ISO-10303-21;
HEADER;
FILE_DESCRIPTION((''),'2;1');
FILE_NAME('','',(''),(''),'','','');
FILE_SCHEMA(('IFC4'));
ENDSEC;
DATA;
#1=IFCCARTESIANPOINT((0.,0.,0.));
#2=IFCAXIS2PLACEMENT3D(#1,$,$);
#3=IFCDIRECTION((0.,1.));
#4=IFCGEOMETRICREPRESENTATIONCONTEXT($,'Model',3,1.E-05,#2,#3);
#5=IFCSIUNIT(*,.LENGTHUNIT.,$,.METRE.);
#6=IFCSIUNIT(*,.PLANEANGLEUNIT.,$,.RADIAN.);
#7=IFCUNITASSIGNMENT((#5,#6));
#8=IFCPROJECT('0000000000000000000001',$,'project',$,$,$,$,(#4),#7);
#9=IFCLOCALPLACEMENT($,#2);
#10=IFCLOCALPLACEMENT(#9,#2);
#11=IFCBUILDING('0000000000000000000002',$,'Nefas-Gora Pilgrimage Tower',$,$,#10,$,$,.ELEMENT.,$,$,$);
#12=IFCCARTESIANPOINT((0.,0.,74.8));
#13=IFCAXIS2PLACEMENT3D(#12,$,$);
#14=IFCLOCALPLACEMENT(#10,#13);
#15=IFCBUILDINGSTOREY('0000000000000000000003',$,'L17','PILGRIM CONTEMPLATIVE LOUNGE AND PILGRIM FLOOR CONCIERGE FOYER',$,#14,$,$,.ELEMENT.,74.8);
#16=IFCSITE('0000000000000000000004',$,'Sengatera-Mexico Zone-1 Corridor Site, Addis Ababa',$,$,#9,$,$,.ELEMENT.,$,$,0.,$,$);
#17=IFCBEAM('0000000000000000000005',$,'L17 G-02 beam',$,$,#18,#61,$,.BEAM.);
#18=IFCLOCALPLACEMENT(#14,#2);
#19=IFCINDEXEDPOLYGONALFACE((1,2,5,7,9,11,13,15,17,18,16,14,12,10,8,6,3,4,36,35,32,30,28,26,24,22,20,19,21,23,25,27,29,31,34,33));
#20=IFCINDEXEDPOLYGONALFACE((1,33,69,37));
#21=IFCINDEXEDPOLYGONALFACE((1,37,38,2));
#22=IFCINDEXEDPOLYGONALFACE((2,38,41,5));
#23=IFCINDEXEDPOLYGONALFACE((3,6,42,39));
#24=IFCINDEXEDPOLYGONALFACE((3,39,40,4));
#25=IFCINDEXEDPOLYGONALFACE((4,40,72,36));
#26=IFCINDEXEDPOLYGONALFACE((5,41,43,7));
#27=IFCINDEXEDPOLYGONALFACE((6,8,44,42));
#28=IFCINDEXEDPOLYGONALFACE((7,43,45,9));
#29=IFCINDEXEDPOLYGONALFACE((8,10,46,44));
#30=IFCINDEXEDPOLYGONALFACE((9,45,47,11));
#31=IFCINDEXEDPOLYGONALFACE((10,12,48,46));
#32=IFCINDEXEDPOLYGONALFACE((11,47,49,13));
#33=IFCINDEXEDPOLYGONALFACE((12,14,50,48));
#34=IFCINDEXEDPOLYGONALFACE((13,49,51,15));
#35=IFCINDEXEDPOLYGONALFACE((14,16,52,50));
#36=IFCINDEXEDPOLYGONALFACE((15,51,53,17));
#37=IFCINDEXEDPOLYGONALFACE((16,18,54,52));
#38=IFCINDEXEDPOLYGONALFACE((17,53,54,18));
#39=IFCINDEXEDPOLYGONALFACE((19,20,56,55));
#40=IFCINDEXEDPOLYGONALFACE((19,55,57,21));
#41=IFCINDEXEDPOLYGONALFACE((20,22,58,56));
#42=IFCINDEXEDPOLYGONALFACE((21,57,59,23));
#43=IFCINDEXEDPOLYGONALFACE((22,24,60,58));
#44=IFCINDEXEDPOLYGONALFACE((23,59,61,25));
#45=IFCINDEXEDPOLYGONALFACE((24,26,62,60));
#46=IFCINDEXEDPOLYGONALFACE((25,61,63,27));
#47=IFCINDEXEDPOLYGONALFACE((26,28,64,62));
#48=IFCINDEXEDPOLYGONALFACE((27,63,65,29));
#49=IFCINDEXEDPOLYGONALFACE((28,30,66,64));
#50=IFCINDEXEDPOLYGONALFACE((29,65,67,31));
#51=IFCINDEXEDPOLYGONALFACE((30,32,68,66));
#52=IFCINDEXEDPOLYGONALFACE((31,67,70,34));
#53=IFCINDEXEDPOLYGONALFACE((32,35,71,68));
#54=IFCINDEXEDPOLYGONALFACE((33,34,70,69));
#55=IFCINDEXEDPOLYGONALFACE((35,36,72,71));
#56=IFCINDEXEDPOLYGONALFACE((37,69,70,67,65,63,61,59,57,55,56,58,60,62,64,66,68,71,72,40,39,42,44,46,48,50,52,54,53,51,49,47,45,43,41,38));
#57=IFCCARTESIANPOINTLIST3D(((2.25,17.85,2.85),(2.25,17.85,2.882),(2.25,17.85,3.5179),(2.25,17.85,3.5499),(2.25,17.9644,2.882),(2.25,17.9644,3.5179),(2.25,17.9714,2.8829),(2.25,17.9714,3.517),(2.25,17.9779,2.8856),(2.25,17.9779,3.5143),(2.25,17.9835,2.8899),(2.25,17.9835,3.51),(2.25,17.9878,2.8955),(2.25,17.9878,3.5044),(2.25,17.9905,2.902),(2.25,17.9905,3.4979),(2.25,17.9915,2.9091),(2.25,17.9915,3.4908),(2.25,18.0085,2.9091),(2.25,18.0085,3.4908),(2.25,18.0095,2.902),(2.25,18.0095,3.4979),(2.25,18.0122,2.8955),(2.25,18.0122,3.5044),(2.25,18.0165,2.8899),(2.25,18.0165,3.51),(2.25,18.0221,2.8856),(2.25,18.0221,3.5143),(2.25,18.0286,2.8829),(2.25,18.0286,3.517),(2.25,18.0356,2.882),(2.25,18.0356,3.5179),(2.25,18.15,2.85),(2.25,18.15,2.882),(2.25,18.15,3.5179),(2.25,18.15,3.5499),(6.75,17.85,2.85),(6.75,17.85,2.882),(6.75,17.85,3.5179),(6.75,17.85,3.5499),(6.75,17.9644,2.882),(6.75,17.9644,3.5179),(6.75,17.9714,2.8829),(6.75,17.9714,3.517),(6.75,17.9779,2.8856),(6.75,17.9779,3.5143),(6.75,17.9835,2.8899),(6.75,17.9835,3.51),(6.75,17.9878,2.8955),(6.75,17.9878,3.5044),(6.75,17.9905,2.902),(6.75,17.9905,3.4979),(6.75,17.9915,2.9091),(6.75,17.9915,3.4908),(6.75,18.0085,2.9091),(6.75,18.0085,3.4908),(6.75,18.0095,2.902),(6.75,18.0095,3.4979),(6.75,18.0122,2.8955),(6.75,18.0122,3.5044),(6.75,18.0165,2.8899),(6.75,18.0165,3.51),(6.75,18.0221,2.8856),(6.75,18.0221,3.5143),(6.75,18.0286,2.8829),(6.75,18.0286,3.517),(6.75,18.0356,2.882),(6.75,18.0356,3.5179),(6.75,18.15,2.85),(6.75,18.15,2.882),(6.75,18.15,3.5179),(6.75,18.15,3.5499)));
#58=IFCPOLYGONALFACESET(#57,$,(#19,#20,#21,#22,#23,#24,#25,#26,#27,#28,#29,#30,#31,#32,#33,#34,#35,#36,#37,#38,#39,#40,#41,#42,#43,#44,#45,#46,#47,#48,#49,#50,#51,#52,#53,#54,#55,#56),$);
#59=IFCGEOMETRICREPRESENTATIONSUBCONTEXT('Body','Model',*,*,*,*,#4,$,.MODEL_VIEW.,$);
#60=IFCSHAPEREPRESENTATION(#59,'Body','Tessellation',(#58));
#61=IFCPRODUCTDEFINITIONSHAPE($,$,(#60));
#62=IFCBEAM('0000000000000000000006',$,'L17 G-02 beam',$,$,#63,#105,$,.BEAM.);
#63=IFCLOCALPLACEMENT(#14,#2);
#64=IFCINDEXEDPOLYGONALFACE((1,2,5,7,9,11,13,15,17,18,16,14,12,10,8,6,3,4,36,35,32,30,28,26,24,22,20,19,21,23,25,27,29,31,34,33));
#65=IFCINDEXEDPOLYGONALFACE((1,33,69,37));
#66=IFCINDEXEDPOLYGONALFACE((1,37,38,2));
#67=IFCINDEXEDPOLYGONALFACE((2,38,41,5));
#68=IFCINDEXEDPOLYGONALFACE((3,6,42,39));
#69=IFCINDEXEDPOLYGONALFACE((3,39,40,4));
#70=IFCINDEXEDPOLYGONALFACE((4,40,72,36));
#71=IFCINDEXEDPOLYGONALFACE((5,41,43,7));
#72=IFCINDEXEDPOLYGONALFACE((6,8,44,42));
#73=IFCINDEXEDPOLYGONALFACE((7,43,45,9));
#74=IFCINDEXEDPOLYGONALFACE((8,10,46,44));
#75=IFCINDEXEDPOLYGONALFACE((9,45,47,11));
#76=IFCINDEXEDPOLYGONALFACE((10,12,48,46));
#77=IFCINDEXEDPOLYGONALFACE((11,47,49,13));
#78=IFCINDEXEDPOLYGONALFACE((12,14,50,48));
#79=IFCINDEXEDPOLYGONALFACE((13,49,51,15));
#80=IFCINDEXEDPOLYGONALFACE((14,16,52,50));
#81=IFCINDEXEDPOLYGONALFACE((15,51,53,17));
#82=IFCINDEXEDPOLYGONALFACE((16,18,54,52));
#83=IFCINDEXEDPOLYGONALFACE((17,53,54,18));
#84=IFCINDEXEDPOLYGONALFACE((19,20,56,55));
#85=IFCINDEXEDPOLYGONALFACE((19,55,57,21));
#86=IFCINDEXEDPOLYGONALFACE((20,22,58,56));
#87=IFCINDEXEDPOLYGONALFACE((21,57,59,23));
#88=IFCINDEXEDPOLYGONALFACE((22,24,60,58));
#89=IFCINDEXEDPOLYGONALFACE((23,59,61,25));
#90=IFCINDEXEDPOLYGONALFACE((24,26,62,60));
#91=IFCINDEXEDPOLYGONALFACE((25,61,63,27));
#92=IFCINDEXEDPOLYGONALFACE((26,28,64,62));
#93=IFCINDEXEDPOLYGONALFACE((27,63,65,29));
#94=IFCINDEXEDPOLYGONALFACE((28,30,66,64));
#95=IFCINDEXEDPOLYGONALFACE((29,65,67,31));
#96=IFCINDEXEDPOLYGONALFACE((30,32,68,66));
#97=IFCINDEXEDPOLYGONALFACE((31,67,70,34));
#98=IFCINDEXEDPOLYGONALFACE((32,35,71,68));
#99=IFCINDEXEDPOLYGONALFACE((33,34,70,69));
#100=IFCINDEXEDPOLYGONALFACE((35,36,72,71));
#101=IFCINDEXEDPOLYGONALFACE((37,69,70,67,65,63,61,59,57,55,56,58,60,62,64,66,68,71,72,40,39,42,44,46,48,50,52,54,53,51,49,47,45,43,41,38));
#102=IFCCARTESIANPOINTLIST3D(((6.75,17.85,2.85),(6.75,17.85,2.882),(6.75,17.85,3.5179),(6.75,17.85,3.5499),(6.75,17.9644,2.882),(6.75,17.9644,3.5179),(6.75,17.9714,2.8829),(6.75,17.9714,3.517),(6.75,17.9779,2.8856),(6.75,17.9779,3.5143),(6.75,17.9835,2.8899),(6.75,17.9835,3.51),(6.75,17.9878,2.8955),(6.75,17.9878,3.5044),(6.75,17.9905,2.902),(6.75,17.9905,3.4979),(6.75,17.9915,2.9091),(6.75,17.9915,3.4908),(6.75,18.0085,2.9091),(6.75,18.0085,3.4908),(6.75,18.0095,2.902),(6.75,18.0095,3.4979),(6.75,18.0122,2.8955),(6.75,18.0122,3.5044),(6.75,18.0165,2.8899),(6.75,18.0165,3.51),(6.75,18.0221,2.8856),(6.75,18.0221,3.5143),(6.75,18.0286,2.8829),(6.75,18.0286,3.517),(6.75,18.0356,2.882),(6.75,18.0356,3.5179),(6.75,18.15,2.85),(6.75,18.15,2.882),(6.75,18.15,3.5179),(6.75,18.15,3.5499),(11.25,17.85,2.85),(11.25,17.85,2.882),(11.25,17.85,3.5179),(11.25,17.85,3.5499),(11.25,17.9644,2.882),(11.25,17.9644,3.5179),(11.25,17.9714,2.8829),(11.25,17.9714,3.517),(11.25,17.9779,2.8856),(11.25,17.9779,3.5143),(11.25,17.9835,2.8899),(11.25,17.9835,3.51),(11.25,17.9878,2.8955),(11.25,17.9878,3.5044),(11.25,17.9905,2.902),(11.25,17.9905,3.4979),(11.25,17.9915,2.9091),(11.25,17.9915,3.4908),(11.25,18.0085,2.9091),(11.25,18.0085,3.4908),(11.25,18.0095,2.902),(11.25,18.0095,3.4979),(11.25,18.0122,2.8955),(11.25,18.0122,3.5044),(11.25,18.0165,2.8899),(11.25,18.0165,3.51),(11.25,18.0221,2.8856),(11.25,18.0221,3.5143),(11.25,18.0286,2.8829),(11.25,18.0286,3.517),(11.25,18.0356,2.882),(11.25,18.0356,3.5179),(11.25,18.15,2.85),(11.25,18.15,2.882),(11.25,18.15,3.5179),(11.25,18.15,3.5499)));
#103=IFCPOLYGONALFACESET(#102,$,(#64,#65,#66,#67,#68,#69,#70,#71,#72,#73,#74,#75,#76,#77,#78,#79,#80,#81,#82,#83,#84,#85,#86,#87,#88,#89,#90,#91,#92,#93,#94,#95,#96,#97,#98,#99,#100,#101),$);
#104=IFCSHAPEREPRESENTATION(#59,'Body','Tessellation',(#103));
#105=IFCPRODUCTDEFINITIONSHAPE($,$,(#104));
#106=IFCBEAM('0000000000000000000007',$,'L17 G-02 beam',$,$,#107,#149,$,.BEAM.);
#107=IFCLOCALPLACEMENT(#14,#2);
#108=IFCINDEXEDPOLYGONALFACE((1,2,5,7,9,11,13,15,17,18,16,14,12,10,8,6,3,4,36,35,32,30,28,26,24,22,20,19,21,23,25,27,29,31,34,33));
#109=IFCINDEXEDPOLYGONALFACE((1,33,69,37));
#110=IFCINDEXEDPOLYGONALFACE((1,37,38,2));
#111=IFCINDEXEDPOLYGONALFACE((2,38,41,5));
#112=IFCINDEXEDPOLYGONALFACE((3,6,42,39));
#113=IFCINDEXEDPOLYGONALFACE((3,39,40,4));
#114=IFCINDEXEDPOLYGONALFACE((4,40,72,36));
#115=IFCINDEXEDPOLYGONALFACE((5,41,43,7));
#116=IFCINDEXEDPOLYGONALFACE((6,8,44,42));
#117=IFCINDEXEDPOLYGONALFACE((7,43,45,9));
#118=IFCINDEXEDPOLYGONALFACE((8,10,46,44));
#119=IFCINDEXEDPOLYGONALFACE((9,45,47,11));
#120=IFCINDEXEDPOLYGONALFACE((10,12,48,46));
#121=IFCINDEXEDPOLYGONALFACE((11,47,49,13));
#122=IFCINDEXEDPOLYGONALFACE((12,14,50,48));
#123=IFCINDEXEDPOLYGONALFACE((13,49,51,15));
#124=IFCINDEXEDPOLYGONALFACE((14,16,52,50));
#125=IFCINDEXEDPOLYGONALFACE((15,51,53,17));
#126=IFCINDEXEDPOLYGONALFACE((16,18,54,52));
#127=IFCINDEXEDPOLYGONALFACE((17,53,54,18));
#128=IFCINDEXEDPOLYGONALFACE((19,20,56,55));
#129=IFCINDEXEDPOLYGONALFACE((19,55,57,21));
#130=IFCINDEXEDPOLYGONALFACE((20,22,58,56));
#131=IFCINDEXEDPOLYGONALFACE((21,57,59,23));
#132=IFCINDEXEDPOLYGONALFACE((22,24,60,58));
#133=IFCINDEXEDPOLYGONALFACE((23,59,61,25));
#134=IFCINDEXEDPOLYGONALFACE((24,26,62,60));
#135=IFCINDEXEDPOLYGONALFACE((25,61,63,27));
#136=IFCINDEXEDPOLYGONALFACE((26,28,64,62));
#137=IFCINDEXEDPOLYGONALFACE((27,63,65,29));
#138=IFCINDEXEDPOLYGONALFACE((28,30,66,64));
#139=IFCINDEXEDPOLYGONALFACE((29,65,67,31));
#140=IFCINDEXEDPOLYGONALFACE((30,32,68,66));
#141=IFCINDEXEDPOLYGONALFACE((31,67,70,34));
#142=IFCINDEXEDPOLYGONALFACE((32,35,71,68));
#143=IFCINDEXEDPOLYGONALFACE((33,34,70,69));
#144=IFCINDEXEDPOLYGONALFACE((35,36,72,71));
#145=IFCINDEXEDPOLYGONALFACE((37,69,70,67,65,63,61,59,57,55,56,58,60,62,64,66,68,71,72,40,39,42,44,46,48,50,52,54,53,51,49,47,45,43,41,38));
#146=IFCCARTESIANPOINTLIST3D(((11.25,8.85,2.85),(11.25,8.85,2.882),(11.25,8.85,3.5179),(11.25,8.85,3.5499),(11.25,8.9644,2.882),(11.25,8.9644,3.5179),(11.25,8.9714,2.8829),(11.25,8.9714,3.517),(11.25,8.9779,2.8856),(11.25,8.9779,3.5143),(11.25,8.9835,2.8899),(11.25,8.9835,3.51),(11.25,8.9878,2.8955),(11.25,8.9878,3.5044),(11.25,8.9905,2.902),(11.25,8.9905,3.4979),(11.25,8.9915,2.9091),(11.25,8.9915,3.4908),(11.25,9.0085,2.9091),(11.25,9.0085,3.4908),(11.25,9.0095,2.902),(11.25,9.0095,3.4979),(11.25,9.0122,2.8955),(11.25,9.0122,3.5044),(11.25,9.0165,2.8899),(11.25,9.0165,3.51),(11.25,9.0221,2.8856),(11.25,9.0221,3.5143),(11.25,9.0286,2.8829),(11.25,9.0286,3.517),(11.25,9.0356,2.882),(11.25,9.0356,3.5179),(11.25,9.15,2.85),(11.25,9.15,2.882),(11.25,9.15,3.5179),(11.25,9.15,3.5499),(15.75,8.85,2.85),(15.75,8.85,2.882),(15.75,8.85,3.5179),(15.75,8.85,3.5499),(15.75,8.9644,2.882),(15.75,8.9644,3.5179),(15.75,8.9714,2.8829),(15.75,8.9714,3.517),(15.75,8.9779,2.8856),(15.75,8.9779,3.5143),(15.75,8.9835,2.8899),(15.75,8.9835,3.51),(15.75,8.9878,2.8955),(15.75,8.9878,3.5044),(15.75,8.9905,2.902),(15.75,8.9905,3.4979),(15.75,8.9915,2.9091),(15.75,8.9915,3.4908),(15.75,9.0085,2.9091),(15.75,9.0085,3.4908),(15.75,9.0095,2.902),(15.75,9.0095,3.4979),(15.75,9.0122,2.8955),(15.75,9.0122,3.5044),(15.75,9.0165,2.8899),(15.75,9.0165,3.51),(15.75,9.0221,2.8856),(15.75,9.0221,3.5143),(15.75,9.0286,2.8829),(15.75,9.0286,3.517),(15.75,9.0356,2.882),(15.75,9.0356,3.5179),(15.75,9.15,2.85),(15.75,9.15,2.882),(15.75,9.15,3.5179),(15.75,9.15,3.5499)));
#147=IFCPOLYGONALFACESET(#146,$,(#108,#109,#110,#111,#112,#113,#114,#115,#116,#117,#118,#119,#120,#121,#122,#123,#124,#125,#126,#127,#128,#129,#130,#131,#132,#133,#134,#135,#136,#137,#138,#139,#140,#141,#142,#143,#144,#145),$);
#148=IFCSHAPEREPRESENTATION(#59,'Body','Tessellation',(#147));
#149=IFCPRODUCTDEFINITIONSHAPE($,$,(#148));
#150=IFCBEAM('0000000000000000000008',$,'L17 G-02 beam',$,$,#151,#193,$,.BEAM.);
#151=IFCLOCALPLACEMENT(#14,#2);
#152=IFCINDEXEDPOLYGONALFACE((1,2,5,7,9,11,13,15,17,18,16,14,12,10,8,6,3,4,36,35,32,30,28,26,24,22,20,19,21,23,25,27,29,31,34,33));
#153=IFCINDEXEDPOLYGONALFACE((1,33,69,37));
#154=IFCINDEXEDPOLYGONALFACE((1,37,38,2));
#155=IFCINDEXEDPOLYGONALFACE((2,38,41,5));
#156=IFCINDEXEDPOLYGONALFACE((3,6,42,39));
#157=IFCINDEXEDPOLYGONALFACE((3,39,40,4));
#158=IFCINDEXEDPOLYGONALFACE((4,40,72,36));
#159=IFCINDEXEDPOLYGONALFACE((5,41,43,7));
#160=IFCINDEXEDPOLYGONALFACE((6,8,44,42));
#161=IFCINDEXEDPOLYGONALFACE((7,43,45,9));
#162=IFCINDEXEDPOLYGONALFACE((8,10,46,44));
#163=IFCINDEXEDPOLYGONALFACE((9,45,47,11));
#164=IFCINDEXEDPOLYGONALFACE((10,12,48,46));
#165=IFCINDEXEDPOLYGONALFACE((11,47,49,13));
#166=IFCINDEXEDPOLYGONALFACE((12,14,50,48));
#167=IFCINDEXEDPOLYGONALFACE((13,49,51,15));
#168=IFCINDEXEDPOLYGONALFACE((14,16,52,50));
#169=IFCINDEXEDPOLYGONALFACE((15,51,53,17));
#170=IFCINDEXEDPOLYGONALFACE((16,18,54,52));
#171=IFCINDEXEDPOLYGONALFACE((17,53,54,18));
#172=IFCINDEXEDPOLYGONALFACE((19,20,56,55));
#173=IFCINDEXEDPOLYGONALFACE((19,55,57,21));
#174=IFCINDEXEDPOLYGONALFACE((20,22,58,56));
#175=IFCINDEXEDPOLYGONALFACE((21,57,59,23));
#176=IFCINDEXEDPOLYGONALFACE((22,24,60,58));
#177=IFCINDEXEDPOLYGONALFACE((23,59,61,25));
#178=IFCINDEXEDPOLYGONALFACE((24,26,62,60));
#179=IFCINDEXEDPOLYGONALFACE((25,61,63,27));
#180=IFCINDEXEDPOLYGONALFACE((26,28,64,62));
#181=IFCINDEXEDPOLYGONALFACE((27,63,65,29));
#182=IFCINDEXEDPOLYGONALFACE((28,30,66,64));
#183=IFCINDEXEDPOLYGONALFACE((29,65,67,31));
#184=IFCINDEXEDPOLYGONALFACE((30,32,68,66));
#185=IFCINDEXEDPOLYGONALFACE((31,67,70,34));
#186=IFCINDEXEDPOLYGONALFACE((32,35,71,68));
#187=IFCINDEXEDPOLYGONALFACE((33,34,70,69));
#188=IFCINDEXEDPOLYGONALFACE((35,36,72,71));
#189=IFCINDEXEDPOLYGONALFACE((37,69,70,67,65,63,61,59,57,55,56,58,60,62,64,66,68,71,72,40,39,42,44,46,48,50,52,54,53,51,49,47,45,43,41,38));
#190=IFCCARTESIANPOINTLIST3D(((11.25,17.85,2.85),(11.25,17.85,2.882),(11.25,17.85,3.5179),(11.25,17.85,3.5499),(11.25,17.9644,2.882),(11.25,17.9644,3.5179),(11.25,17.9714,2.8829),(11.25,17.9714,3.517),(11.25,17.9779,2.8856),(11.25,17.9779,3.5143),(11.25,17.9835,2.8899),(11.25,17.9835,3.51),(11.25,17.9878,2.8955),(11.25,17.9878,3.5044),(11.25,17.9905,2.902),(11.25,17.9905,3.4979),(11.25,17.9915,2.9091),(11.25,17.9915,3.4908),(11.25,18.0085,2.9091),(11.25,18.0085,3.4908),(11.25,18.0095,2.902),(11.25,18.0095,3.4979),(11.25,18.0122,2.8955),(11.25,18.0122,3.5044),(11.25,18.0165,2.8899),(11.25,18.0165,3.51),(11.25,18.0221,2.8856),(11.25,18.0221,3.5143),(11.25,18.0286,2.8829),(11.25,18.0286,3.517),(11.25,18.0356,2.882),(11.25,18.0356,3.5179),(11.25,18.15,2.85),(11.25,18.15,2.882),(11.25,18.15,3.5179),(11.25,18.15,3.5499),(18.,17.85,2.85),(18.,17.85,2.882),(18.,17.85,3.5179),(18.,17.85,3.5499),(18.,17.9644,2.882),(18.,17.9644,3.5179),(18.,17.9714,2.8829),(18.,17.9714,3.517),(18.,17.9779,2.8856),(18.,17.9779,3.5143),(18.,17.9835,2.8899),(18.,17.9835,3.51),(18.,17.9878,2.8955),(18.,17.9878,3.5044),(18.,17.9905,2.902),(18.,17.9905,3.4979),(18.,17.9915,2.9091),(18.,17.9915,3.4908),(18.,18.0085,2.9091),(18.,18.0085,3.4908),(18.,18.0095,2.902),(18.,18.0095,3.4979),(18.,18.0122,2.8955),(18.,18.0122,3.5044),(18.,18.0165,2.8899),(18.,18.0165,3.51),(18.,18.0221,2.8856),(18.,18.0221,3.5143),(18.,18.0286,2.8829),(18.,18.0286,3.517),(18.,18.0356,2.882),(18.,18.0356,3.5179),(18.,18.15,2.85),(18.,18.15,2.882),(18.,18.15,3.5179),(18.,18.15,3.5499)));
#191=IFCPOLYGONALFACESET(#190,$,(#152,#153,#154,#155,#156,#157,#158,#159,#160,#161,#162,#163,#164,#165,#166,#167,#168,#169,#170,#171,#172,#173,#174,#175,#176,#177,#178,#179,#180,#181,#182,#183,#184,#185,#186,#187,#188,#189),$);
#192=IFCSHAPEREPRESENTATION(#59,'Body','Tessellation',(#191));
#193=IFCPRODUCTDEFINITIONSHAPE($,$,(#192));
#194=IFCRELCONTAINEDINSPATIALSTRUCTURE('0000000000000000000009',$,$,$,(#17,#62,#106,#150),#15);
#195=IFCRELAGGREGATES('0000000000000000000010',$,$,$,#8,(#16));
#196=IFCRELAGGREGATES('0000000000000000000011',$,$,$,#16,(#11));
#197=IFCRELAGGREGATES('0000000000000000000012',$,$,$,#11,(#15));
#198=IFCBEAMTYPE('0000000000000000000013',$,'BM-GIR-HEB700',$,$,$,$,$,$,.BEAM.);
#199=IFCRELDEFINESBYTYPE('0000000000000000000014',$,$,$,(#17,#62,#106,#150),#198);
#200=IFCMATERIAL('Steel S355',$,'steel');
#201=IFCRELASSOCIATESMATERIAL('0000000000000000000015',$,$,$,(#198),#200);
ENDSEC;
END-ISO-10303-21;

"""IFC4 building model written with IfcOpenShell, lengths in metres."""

from ifc_helpers import new_model, si_unit, direction, frame, origin, origin_2d, place, context, subcontext, project, spatial, i_section, extrude, source, transform, mapped, material, material_profile, profile_set, type_object, element, save


model = new_model("IFC4")

# Units and contexts
model_context = context("Model", 3, precision=1e-05, world=origin(), true_north=direction((0.0, 1.0)))
body_context = subcontext(model_context, "Body", "Model", "MODEL_VIEW")
ifc_project = project(units=[si_unit("LENGTHUNIT", "METRE"), si_unit("PLANEANGLEUNIT", "RADIAN")], contexts=[model_context])

# Site, building, storey
site_placement = place(None, origin())
site = spatial("IfcSite", under=ifc_project, at=site_placement, Name="Sengatera-Mexico Zone-1 Corridor Site, Addis Ababa", CompositionType="ELEMENT", RefElevation=0.0)
building_placement = place(site_placement, origin())
building = spatial("IfcBuilding", under=site, at=building_placement, Name="Nefas-Gora Pilgrimage Tower", CompositionType="ELEMENT")
storey_placement = place(building_placement, frame((0.0, 0.0, 74.8)))
storey = spatial("IfcBuildingStorey", under=building, at=storey_placement, Name="L17", Description="PILGRIM CONTEMPLATIVE LOUNGE AND PILGRIM FLOOR CONCIERGE FOYER", CompositionType="ELEMENT", Elevation=74.8)

# Beams
ifc_material_1 = material(Name="Steel S355", Category="steel")
ifc_material_profile_1 = material_profile(ifc_material_1, i_section(OverallWidth=0.3, OverallDepth=0.7, WebThickness=0.0171, FlangeThickness=0.032, FilletRadius=0.0271, at=origin_2d()), Name="HEB 700")
ifc_profile_set_1 = profile_set([ifc_material_profile_1], Name="Steel S355")
beam_type_1 = type_object("IfcBeamType", Name="BM-GIR-HEB700", PredefinedType="BEAM", material=ifc_profile_set_1)
shared_shape_1 = source(origin(), body_context, "Body", "SweptSolid", [
    extrude(i_section(OverallWidth=0.3, OverallDepth=0.7, WebThickness=0.0171, FlangeThickness=0.032, FilletRadius=0.0271, at=origin_2d()), origin(), (0.0, 0.0, 1.0), 4.5),
])
for number, where, z_axis, x_axis, name in (
    (1, (2.25, 18.0, 3.2), (1.0, 0.0, 0.0), (0.0, 1.0, 0.0), "L17 G-02 beam"),
    (2, (6.75, 18.0, 3.2), (1.0, 0.0, 0.0), (0.0, 1.0, 0.0), "L17 G-02 beam"),
    (3, (11.25, 9.0, 3.2), (1.0, 0.0, 0.0), (0.0, 1.0, 0.0), "L17 G-02 beam"),
):
    element("IfcBeam", number, at=place(storey_placement, frame(where, z_axis=z_axis, x_axis=x_axis)), inside=storey, type_object=beam_type_1, Name=name, PredefinedType="BEAM", context=body_context, shape_type="MappedRepresentation", body=[
        mapped(shared_shape_1, transform((0.0, 0.0, 0.0), x_axis=(1.0, 0.0, 0.0), y_axis=(0.0, 1.0, 0.0), z_axis=(0.0, 0.0, 1.0), scale=1.0)),
    ])
shared_shape_2 = source(origin(), body_context, "Body", "SweptSolid", [
    extrude(i_section(OverallWidth=0.3, OverallDepth=0.7, WebThickness=0.0171, FlangeThickness=0.032, FilletRadius=0.0271, at=origin_2d()), origin(), (0.0, 0.0, 1.0), 6.75),
])
beam_1_placement = place(storey_placement, frame((11.25, 18.0, 3.2), z_axis=(1.0, 0.0, 0.0), x_axis=(0.0, 1.0, 0.0)))
element("IfcBeam", 4, at=beam_1_placement, inside=storey, type_object=beam_type_1, Name="L17 G-02 beam", PredefinedType="BEAM", context=body_context, shape_type="MappedRepresentation", body=[
    mapped(shared_shape_2, transform((0.0, 0.0, 0.0), x_axis=(1.0, 0.0, 0.0), y_axis=(0.0, 1.0, 0.0), z_axis=(0.0, 0.0, 1.0), scale=1.0)),
])

save(model, "model.ifc")
